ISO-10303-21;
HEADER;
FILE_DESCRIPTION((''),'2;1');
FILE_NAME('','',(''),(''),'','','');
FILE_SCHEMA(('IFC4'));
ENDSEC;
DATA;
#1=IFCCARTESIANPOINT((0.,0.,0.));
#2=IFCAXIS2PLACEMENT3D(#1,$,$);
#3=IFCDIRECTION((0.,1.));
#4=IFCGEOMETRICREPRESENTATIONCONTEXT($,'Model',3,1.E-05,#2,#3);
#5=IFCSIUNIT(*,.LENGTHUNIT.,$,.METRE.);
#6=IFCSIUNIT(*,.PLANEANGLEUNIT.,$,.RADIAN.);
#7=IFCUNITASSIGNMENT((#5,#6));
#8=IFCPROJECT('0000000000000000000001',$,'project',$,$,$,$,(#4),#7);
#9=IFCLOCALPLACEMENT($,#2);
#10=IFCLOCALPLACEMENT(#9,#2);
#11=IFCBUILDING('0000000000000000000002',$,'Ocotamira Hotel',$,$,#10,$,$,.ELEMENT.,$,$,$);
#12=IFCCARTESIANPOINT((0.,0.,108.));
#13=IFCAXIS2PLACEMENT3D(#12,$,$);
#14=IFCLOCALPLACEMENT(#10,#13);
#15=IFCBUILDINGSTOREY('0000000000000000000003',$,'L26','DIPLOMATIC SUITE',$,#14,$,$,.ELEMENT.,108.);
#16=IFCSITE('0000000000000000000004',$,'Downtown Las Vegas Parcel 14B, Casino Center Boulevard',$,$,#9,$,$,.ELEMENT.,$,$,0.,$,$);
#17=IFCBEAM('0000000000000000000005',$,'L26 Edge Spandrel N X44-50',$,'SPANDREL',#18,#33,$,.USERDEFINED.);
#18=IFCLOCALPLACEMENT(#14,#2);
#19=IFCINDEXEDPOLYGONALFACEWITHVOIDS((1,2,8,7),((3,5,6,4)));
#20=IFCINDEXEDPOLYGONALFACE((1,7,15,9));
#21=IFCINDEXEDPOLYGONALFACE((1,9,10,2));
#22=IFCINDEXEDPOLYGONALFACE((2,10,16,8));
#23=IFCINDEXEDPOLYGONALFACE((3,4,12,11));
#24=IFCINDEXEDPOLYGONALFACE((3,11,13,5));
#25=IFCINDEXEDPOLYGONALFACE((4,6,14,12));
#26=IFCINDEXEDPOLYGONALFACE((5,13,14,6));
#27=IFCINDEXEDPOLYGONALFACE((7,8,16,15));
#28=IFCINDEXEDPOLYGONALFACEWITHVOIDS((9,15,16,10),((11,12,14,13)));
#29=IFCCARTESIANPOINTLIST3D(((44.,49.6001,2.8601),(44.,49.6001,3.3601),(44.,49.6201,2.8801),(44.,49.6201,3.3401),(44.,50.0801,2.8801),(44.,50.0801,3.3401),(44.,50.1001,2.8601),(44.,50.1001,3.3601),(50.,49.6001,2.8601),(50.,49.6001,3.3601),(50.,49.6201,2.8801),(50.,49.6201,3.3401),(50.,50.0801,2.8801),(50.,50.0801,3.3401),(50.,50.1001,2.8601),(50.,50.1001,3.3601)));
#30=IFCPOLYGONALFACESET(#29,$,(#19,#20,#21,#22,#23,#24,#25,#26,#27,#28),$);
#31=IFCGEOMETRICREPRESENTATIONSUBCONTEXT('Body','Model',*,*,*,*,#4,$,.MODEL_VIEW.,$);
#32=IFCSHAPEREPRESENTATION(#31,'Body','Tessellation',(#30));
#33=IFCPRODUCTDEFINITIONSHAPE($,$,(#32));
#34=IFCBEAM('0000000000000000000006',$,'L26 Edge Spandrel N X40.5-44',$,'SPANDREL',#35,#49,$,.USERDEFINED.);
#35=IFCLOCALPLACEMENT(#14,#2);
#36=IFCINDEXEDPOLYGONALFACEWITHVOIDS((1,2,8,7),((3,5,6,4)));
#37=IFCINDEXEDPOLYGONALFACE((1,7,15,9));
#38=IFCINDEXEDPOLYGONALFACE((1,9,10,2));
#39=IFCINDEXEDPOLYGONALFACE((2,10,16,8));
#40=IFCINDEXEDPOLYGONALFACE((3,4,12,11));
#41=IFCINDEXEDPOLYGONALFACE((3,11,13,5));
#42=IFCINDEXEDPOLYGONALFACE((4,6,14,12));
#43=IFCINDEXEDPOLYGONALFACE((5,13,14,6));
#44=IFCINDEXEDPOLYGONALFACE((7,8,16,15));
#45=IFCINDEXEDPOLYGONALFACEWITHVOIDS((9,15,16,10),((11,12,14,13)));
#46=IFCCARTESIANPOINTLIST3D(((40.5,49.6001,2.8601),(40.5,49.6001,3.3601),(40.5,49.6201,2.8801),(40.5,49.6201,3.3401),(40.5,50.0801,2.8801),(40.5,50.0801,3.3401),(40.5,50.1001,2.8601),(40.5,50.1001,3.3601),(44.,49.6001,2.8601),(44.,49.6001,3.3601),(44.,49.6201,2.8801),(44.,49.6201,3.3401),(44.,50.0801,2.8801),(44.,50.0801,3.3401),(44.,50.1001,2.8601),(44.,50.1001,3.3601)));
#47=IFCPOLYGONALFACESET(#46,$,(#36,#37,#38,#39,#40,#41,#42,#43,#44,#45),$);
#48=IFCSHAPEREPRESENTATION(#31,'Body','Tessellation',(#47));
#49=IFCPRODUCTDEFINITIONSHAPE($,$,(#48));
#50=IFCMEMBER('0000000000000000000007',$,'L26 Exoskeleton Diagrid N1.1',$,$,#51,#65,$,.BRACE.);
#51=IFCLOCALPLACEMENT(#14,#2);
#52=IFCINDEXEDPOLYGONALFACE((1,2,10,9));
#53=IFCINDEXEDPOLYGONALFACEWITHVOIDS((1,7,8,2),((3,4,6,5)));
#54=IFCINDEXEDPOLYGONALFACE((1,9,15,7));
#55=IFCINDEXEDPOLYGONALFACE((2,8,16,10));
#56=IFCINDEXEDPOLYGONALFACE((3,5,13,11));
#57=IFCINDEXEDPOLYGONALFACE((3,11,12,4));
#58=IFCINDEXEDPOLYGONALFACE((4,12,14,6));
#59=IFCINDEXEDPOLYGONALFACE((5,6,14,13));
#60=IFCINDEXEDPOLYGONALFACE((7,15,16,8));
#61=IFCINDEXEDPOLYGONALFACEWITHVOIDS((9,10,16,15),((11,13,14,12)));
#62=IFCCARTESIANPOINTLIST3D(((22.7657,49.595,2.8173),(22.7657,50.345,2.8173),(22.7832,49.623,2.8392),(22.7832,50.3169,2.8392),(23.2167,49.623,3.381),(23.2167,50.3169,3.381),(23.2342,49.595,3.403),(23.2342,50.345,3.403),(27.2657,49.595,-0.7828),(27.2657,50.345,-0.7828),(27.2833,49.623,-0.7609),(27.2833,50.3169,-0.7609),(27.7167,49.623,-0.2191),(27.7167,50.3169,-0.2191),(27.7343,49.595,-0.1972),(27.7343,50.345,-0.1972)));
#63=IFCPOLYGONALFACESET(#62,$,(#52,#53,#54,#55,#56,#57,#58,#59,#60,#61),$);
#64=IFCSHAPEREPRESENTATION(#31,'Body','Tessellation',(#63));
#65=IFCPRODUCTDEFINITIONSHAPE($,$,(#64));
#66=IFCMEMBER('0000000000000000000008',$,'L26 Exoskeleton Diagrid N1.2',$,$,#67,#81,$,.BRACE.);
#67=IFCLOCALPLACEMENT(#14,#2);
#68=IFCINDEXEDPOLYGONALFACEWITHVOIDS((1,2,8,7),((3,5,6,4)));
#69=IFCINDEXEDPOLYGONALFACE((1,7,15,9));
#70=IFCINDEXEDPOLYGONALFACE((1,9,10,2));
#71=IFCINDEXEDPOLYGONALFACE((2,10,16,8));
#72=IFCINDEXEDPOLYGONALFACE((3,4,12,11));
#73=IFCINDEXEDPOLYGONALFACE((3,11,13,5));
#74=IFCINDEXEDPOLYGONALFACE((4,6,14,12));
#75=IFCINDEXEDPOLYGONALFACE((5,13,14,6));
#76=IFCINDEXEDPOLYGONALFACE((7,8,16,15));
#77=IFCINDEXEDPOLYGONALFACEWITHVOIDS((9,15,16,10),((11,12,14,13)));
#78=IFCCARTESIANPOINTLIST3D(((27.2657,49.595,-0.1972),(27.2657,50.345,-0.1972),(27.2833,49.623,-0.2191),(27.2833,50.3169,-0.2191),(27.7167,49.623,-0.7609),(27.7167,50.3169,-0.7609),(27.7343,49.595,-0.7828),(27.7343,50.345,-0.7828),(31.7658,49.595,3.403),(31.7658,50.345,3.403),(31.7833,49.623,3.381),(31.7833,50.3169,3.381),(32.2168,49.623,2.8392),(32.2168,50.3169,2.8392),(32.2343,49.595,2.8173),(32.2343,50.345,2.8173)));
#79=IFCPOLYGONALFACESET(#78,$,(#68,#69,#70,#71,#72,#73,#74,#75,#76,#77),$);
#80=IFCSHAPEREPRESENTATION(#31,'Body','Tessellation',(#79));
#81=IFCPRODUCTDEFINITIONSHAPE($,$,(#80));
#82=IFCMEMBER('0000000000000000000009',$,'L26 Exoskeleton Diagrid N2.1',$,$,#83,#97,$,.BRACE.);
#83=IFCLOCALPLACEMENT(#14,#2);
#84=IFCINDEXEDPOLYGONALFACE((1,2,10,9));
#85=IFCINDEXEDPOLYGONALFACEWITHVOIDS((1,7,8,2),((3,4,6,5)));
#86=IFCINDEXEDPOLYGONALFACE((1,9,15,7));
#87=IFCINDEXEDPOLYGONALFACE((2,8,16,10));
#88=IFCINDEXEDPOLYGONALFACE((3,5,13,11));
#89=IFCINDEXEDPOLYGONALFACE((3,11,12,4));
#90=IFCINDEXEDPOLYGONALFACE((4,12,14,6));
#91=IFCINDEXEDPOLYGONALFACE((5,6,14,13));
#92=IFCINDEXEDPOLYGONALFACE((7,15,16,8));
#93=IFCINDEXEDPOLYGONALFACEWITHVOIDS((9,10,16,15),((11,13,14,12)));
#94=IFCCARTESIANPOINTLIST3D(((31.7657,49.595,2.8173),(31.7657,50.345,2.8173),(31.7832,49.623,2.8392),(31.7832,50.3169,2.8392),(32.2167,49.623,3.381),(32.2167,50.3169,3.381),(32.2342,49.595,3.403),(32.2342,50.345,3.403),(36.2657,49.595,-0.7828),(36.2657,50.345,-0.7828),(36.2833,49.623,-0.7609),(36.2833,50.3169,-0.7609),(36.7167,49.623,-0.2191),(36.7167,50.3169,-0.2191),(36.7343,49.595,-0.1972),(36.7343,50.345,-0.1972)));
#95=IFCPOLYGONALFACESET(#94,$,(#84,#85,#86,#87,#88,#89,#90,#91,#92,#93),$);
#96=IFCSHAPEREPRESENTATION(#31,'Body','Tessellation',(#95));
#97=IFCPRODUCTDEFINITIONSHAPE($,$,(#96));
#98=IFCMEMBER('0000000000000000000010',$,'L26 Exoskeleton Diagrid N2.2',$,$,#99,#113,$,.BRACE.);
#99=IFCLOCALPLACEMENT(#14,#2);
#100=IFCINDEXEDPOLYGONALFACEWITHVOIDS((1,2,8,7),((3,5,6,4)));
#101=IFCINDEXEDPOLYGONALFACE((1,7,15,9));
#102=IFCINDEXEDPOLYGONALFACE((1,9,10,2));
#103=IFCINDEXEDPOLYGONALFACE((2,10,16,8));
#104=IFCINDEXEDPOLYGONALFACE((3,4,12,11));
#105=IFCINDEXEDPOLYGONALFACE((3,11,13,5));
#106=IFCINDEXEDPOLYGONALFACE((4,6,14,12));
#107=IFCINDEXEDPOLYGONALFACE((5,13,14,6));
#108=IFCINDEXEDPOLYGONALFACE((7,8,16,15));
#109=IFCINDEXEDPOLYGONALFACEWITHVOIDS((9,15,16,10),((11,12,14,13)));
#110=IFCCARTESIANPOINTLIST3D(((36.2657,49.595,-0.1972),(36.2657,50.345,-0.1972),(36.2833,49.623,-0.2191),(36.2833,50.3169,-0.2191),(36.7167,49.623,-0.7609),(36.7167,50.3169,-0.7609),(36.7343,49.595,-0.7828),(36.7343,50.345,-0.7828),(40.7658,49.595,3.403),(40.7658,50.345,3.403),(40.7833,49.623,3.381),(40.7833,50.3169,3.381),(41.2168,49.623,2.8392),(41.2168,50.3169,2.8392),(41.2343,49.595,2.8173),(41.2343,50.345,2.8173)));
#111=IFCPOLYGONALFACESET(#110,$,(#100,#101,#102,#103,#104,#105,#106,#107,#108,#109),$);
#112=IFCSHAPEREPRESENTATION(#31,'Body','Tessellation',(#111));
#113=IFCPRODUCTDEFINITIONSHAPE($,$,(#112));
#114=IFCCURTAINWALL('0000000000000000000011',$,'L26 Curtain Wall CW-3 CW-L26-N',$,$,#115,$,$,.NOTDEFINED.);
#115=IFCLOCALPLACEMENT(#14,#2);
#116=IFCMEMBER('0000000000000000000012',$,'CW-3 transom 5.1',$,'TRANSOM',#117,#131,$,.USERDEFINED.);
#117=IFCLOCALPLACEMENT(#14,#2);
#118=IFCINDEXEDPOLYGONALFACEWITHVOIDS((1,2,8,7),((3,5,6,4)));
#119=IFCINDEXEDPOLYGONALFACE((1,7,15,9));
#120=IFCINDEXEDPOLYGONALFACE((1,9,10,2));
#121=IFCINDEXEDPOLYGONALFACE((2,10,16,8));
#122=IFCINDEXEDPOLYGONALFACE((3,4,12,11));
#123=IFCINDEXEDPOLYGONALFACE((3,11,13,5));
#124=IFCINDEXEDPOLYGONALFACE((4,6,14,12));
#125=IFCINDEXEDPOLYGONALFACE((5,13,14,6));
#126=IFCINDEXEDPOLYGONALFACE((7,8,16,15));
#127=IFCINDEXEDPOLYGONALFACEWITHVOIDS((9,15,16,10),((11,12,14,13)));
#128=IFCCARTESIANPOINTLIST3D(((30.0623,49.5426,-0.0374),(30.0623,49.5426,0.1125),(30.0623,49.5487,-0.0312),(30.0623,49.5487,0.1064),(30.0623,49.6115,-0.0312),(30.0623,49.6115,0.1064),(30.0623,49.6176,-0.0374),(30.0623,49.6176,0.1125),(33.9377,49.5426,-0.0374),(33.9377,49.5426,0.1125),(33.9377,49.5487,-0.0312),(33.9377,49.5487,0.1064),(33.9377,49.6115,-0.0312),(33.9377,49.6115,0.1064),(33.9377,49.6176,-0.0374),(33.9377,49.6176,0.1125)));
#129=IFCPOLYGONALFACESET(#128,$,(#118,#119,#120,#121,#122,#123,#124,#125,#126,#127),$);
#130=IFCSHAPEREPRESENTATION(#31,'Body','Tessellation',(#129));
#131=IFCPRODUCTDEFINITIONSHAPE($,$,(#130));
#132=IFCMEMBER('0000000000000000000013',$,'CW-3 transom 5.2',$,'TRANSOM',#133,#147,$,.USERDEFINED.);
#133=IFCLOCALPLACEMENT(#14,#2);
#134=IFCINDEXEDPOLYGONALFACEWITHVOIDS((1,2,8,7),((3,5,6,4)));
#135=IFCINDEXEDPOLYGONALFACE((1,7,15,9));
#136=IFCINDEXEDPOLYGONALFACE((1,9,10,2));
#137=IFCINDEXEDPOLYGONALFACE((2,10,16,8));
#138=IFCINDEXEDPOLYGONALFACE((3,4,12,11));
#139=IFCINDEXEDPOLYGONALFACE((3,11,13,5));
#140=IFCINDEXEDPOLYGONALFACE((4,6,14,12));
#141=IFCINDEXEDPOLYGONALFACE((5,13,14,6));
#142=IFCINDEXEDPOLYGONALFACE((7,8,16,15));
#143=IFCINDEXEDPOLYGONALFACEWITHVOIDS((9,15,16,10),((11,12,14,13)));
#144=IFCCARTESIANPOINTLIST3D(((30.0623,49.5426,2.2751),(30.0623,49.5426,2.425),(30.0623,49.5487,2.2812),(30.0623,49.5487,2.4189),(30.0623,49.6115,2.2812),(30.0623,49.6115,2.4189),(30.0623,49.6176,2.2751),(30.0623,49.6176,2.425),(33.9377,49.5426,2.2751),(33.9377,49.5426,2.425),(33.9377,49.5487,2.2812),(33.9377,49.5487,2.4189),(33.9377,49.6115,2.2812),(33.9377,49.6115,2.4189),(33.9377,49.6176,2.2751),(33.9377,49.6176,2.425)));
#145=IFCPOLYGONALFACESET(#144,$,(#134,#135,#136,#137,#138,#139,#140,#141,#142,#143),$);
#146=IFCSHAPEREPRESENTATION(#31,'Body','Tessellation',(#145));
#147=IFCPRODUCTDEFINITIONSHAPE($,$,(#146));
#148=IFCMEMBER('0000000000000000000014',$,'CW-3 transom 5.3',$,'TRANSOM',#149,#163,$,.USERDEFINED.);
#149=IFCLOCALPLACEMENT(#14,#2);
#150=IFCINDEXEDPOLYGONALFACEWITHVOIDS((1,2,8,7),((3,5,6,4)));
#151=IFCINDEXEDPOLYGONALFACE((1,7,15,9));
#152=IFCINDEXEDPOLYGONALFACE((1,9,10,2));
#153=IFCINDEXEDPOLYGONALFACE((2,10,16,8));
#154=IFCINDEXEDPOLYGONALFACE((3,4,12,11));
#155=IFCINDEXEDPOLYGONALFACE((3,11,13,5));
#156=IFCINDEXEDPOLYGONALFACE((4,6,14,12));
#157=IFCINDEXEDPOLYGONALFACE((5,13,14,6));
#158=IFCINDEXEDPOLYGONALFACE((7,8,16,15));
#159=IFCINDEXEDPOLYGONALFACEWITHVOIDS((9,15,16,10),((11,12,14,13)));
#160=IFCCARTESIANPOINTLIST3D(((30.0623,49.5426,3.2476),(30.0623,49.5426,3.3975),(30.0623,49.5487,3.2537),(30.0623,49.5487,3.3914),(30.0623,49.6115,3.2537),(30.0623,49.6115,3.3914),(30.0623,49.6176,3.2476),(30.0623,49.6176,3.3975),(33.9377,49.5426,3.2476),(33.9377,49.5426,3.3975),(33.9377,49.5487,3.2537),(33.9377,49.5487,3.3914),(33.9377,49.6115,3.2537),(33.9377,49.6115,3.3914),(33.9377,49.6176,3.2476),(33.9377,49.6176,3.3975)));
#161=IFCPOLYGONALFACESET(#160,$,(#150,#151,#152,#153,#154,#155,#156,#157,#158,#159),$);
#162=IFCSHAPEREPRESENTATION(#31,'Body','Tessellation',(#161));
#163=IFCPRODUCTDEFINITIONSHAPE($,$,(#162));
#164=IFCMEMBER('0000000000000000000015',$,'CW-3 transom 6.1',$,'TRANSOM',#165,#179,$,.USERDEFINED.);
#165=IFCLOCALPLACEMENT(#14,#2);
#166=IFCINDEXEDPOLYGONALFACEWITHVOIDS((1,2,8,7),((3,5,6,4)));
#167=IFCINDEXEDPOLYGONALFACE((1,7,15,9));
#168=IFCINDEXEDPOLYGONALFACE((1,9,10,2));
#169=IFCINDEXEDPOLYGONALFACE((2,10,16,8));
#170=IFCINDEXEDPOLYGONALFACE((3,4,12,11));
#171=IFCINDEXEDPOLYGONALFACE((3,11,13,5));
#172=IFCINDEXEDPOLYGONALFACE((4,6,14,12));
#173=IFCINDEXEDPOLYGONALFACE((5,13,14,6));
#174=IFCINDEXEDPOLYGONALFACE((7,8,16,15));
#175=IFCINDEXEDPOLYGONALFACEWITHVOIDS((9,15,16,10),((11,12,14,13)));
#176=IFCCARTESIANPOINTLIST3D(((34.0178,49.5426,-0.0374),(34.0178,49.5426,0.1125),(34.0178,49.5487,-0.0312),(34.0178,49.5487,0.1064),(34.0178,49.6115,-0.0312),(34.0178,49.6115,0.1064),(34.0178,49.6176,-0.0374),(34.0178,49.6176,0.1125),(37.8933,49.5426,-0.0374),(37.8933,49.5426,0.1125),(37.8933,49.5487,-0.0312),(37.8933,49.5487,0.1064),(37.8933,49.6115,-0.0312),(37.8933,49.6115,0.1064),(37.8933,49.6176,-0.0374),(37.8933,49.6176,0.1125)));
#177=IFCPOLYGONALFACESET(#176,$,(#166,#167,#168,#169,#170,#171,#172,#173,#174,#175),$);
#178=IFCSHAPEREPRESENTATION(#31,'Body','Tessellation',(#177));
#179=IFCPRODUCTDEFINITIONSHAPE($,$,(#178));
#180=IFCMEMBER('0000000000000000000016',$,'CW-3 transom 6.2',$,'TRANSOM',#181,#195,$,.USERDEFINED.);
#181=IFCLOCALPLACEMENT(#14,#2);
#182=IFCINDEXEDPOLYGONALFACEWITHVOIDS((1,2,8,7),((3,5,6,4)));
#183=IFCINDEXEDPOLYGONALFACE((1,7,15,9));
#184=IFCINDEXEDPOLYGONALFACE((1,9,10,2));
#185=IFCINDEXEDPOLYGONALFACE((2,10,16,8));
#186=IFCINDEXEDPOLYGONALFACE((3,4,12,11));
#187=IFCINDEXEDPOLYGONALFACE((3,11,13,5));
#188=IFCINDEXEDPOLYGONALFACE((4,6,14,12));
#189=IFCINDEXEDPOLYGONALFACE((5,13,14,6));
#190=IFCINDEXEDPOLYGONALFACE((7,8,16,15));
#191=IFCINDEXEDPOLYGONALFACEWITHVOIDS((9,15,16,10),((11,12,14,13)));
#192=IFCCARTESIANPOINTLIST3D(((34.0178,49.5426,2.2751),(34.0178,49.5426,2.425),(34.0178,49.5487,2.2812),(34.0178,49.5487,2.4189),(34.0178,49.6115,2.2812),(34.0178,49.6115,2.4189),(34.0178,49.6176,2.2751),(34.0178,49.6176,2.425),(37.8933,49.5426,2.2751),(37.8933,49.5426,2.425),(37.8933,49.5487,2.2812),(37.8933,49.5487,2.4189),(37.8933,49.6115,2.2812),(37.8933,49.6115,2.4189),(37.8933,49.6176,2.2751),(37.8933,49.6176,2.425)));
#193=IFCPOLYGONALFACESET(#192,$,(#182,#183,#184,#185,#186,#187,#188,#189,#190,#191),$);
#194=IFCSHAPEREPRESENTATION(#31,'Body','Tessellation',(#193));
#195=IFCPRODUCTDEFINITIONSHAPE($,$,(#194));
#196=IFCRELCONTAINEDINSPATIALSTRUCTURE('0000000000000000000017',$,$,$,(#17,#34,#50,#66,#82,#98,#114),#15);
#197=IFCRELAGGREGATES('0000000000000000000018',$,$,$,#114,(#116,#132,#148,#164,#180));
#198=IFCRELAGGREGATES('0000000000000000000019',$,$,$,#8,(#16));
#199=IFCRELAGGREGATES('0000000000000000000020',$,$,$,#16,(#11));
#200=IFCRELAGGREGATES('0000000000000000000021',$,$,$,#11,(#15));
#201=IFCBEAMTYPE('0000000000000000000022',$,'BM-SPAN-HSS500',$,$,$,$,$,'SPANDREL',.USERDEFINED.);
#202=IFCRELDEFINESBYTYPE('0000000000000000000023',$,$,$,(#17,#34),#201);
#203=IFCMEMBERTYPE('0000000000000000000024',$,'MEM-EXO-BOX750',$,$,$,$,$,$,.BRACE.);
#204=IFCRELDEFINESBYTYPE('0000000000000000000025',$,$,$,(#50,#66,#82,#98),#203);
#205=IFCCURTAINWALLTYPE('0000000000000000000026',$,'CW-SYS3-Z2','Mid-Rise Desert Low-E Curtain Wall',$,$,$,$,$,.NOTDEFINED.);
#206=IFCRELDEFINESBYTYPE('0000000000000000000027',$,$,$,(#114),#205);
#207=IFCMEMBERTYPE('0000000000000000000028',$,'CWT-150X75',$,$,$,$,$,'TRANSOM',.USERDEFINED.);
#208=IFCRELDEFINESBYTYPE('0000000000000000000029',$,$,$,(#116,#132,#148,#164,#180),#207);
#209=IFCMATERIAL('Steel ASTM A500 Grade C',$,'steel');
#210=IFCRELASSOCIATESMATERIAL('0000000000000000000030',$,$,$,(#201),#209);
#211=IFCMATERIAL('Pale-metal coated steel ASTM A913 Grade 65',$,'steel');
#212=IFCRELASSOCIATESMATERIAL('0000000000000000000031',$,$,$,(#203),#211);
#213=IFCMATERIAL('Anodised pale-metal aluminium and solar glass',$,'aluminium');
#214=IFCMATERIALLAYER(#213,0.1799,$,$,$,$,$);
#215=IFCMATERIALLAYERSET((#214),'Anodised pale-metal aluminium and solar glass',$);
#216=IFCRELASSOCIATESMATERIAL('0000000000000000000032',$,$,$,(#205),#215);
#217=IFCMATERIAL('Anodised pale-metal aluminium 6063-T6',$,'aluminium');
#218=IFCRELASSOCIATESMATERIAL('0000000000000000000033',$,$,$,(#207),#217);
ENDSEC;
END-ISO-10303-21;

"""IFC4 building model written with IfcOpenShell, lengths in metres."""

from ifc_helpers import new_model, si_unit, direction, frame, origin, origin_2d, place, context, subcontext, project, spatial, hollow_rectangle, extrude, source, transform, mapped, material, layer, layer_set, material_profile, profile_set, type_object, element, aggregate, save


model = new_model("IFC4")

# Units and contexts
model_context = context("Model", 3, precision=1e-05, world=origin(), true_north=direction((0.0, 1.0)))
body_context = subcontext(model_context, "Body", "Model", "MODEL_VIEW")
ifc_project = project(units=[si_unit("LENGTHUNIT", "METRE"), si_unit("PLANEANGLEUNIT", "RADIAN")], contexts=[model_context])

# Site, building, storey
site_placement = place(None, origin())
site = spatial("IfcSite", under=ifc_project, at=site_placement, Name="Downtown Las Vegas Parcel 14B, Casino Center Boulevard", CompositionType="ELEMENT", RefElevation=0.0)
building_placement = place(site_placement, origin())
building = spatial("IfcBuilding", under=site, at=building_placement, Name="Ocotamira Hotel", CompositionType="ELEMENT")
storey_placement = place(building_placement, frame((0.0, 0.0, 108.0)))
storey = spatial("IfcBuildingStorey", under=building, at=storey_placement, Name="L26", Description="DIPLOMATIC SUITE", CompositionType="ELEMENT", Elevation=108.0)

# Beams
ifc_material_1 = material(Name="Steel ASTM A500 Grade C", Category="steel")
ifc_material_profile_1 = material_profile(ifc_material_1, hollow_rectangle(XDim=0.5, YDim=0.5, WallThickness=0.02, at=origin_2d()), Name="HSS500X500X20")
ifc_profile_set_1 = profile_set([ifc_material_profile_1], Name="Steel ASTM A500 Grade C")
beam_type = type_object("IfcBeamType", Name="BM-SPAN-HSS500", ElementType="SPANDREL", PredefinedType="USERDEFINED", material=ifc_profile_set_1)
shared_shape_1 = source(origin(), body_context, "Body", "SweptSolid", [
    extrude(hollow_rectangle(XDim=0.5, YDim=0.5, WallThickness=0.02, at=origin_2d()), origin(), (0.0, 0.0, 1.0), 6.0),
])
beam_1_placement = place(storey_placement, frame((44.0, 49.8501, 3.1101), z_axis=(1.0, 0.0, 0.0), x_axis=(0.0, 1.0, 0.0)))
element("IfcBeam", 1, at=beam_1_placement, inside=storey, type_object=beam_type, Name="L26 Edge Spandrel N X44-50", ObjectType="SPANDREL", PredefinedType="USERDEFINED", context=body_context, shape_type="MappedRepresentation", body=[
    mapped(shared_shape_1, transform((0.0, 0.0, 0.0), scale=1.0)),
])
shared_shape_2 = source(origin(), body_context, "Body", "SweptSolid", [
    extrude(hollow_rectangle(XDim=0.5, YDim=0.5, WallThickness=0.02, at=origin_2d()), origin(), (0.0, 0.0, 1.0), 3.5),
])
beam_2_placement = place(storey_placement, frame((40.5, 49.8501, 3.1101), z_axis=(1.0, 0.0, 0.0), x_axis=(0.0, 1.0, 0.0)))
element("IfcBeam", 2, at=beam_2_placement, inside=storey, type_object=beam_type, Name="L26 Edge Spandrel N X40.5-44", ObjectType="SPANDREL", PredefinedType="USERDEFINED", context=body_context, shape_type="MappedRepresentation", body=[
    mapped(shared_shape_2, transform((0.0, 0.0, 0.0), scale=1.0)),
])

# Members
ifc_material_2 = material(Name="Pale-metal coated steel ASTM A913 Grade 65", Category="steel")
ifc_material_profile_2 = material_profile(ifc_material_2, hollow_rectangle(XDim=0.75, YDim=0.75, WallThickness=0.0281, at=origin_2d()), Name="BOX750X750X28")
ifc_profile_set_2 = profile_set([ifc_material_profile_2], Name="Pale-metal coated steel ASTM A913 Grade 65")
member_type_1 = type_object("IfcMemberType", Name="MEM-EXO-BOX750", PredefinedType="BRACE", material=ifc_profile_set_2)
shared_shape_3 = source(origin(), body_context, "Body", "SweptSolid", [
    extrude(hollow_rectangle(XDim=0.75, YDim=0.75, WallThickness=0.0281, at=origin_2d()), origin(), (0.0, 0.0, 1.0), 5.7629),
])
for number, where, z_axis, x_axis, name in (
    (3, (27.5, 49.97, -0.49), (-0.780861, 0.0, 0.624705), (0.0, -1.0, 0.0), "L26 Exoskeleton Diagrid N1.1"),
    (4, (27.5, 49.97, -0.49), (0.780861, 0.0, 0.624705), (0.0, 1.0, 0.0), "L26 Exoskeleton Diagrid N1.2"),
    (5, (36.5, 49.97, -0.49), (-0.780861, 0.0, 0.624705), (0.0, -1.0, 0.0), "L26 Exoskeleton Diagrid N2.1"),
    (6, (36.5, 49.97, -0.49), (0.780861, 0.0, 0.624705), (0.0, 1.0, 0.0), "L26 Exoskeleton Diagrid N2.2"),
):
    element("IfcMember", number, at=place(storey_placement, frame(where, z_axis=z_axis, x_axis=x_axis)), inside=storey, type_object=member_type_1, Name=name, PredefinedType="BRACE", context=body_context, shape_type="MappedRepresentation", body=[
        mapped(shared_shape_3, transform((0.0, 0.0, 0.0), scale=1.0)),
    ])

# Curtain wall, members
ifc_material_3 = material(Name="Anodised pale-metal aluminium and solar glass", Category="aluminium")
ifc_layer_1 = layer(ifc_material_3, 0.1799)
ifc_layer_set_1 = layer_set([ifc_layer_1], Name="Anodised pale-metal aluminium and solar glass")
curtain_wall_type = type_object("IfcCurtainWallType", Name="CW-SYS3-Z2", Description="Mid-Rise Desert Low-E Curtain Wall", PredefinedType="NOTDEFINED", material=ifc_layer_set_1)
curtain_wall_placement = place(storey_placement, origin())
curtain_wall = element("IfcCurtainWall", 7, at=curtain_wall_placement, inside=storey, type_object=curtain_wall_type, Name="L26 Curtain Wall CW-3 CW-L26-N", PredefinedType="NOTDEFINED")
ifc_material_4 = material(Name="Anodised pale-metal aluminium 6063-T6", Category="aluminium")
ifc_material_profile_3 = material_profile(ifc_material_4, hollow_rectangle(XDim=0.075, YDim=0.1499, WallThickness=0.0061, at=origin_2d()), Name="HSS150X75X6")
ifc_profile_set_3 = profile_set([ifc_material_profile_3], Name="Anodised pale-metal aluminium 6063-T6")
member_type_2 = type_object("IfcMemberType", Name="CWT-150X75", ElementType="TRANSOM", PredefinedType="USERDEFINED", material=ifc_profile_set_3)
shared_shape_4 = source(origin(), body_context, "Body", "SweptSolid", [
    extrude(hollow_rectangle(XDim=0.075, YDim=0.1499, WallThickness=0.0061, at=origin_2d()), origin(), (0.0, 0.0, 1.0), 3.8755),
])
member_1_placement = place(storey_placement, frame((30.0623, 49.5801, 0.0376), z_axis=(1.0, 0.0, 0.0), x_axis=(0.0, 1.0, 0.0)))
member_1 = element("IfcMember", 8, at=member_1_placement, type_object=member_type_2, Name="CW-3 transom 5.1", ObjectType="TRANSOM", PredefinedType="USERDEFINED", context=body_context, shape_type="MappedRepresentation", body=[
    mapped(shared_shape_4, transform((0.0, 0.0, 0.0), scale=1.0)),
])
member_2_placement = place(storey_placement, frame((30.0623, 49.5801, 2.3501), z_axis=(1.0, 0.0, 0.0), x_axis=(0.0, 1.0, 0.0)))
member_2 = element("IfcMember", 9, at=member_2_placement, type_object=member_type_2, Name="CW-3 transom 5.2", ObjectType="TRANSOM", PredefinedType="USERDEFINED", context=body_context, shape_type="MappedRepresentation", body=[
    mapped(shared_shape_4, transform((0.0, 0.0, 0.0), scale=1.0)),
])
member_3_placement = place(storey_placement, frame((30.0623, 49.5801, 3.3225), z_axis=(1.0, 0.0, 0.0), x_axis=(0.0, 1.0, 0.0)))
member_3 = element("IfcMember", 10, at=member_3_placement, type_object=member_type_2, Name="CW-3 transom 5.3", ObjectType="TRANSOM", PredefinedType="USERDEFINED", context=body_context, shape_type="MappedRepresentation", body=[
    mapped(shared_shape_4, transform((0.0, 0.0, 0.0), scale=1.0)),
])
member_4_placement = place(storey_placement, frame((34.0178, 49.5801, 0.0376), z_axis=(1.0, 0.0, 0.0), x_axis=(0.0, 1.0, 0.0)))
member_4 = element("IfcMember", 11, at=member_4_placement, type_object=member_type_2, Name="CW-3 transom 6.1", ObjectType="TRANSOM", PredefinedType="USERDEFINED", context=body_context, shape_type="MappedRepresentation", body=[
    mapped(shared_shape_4, transform((0.0, 0.0, 0.0), scale=1.0)),
])
member_5_placement = place(storey_placement, frame((34.0178, 49.5801, 2.3501), z_axis=(1.0, 0.0, 0.0), x_axis=(0.0, 1.0, 0.0)))
member_5 = element("IfcMember", 12, at=member_5_placement, type_object=member_type_2, Name="CW-3 transom 6.2", ObjectType="TRANSOM", PredefinedType="USERDEFINED", context=body_context, shape_type="MappedRepresentation", body=[
    mapped(shared_shape_4, transform((0.0, 0.0, 0.0), scale=1.0)),
])

aggregate(curtain_wall, [member_1, member_2, member_3, member_4, member_5])

save(model, "model.ifc")
